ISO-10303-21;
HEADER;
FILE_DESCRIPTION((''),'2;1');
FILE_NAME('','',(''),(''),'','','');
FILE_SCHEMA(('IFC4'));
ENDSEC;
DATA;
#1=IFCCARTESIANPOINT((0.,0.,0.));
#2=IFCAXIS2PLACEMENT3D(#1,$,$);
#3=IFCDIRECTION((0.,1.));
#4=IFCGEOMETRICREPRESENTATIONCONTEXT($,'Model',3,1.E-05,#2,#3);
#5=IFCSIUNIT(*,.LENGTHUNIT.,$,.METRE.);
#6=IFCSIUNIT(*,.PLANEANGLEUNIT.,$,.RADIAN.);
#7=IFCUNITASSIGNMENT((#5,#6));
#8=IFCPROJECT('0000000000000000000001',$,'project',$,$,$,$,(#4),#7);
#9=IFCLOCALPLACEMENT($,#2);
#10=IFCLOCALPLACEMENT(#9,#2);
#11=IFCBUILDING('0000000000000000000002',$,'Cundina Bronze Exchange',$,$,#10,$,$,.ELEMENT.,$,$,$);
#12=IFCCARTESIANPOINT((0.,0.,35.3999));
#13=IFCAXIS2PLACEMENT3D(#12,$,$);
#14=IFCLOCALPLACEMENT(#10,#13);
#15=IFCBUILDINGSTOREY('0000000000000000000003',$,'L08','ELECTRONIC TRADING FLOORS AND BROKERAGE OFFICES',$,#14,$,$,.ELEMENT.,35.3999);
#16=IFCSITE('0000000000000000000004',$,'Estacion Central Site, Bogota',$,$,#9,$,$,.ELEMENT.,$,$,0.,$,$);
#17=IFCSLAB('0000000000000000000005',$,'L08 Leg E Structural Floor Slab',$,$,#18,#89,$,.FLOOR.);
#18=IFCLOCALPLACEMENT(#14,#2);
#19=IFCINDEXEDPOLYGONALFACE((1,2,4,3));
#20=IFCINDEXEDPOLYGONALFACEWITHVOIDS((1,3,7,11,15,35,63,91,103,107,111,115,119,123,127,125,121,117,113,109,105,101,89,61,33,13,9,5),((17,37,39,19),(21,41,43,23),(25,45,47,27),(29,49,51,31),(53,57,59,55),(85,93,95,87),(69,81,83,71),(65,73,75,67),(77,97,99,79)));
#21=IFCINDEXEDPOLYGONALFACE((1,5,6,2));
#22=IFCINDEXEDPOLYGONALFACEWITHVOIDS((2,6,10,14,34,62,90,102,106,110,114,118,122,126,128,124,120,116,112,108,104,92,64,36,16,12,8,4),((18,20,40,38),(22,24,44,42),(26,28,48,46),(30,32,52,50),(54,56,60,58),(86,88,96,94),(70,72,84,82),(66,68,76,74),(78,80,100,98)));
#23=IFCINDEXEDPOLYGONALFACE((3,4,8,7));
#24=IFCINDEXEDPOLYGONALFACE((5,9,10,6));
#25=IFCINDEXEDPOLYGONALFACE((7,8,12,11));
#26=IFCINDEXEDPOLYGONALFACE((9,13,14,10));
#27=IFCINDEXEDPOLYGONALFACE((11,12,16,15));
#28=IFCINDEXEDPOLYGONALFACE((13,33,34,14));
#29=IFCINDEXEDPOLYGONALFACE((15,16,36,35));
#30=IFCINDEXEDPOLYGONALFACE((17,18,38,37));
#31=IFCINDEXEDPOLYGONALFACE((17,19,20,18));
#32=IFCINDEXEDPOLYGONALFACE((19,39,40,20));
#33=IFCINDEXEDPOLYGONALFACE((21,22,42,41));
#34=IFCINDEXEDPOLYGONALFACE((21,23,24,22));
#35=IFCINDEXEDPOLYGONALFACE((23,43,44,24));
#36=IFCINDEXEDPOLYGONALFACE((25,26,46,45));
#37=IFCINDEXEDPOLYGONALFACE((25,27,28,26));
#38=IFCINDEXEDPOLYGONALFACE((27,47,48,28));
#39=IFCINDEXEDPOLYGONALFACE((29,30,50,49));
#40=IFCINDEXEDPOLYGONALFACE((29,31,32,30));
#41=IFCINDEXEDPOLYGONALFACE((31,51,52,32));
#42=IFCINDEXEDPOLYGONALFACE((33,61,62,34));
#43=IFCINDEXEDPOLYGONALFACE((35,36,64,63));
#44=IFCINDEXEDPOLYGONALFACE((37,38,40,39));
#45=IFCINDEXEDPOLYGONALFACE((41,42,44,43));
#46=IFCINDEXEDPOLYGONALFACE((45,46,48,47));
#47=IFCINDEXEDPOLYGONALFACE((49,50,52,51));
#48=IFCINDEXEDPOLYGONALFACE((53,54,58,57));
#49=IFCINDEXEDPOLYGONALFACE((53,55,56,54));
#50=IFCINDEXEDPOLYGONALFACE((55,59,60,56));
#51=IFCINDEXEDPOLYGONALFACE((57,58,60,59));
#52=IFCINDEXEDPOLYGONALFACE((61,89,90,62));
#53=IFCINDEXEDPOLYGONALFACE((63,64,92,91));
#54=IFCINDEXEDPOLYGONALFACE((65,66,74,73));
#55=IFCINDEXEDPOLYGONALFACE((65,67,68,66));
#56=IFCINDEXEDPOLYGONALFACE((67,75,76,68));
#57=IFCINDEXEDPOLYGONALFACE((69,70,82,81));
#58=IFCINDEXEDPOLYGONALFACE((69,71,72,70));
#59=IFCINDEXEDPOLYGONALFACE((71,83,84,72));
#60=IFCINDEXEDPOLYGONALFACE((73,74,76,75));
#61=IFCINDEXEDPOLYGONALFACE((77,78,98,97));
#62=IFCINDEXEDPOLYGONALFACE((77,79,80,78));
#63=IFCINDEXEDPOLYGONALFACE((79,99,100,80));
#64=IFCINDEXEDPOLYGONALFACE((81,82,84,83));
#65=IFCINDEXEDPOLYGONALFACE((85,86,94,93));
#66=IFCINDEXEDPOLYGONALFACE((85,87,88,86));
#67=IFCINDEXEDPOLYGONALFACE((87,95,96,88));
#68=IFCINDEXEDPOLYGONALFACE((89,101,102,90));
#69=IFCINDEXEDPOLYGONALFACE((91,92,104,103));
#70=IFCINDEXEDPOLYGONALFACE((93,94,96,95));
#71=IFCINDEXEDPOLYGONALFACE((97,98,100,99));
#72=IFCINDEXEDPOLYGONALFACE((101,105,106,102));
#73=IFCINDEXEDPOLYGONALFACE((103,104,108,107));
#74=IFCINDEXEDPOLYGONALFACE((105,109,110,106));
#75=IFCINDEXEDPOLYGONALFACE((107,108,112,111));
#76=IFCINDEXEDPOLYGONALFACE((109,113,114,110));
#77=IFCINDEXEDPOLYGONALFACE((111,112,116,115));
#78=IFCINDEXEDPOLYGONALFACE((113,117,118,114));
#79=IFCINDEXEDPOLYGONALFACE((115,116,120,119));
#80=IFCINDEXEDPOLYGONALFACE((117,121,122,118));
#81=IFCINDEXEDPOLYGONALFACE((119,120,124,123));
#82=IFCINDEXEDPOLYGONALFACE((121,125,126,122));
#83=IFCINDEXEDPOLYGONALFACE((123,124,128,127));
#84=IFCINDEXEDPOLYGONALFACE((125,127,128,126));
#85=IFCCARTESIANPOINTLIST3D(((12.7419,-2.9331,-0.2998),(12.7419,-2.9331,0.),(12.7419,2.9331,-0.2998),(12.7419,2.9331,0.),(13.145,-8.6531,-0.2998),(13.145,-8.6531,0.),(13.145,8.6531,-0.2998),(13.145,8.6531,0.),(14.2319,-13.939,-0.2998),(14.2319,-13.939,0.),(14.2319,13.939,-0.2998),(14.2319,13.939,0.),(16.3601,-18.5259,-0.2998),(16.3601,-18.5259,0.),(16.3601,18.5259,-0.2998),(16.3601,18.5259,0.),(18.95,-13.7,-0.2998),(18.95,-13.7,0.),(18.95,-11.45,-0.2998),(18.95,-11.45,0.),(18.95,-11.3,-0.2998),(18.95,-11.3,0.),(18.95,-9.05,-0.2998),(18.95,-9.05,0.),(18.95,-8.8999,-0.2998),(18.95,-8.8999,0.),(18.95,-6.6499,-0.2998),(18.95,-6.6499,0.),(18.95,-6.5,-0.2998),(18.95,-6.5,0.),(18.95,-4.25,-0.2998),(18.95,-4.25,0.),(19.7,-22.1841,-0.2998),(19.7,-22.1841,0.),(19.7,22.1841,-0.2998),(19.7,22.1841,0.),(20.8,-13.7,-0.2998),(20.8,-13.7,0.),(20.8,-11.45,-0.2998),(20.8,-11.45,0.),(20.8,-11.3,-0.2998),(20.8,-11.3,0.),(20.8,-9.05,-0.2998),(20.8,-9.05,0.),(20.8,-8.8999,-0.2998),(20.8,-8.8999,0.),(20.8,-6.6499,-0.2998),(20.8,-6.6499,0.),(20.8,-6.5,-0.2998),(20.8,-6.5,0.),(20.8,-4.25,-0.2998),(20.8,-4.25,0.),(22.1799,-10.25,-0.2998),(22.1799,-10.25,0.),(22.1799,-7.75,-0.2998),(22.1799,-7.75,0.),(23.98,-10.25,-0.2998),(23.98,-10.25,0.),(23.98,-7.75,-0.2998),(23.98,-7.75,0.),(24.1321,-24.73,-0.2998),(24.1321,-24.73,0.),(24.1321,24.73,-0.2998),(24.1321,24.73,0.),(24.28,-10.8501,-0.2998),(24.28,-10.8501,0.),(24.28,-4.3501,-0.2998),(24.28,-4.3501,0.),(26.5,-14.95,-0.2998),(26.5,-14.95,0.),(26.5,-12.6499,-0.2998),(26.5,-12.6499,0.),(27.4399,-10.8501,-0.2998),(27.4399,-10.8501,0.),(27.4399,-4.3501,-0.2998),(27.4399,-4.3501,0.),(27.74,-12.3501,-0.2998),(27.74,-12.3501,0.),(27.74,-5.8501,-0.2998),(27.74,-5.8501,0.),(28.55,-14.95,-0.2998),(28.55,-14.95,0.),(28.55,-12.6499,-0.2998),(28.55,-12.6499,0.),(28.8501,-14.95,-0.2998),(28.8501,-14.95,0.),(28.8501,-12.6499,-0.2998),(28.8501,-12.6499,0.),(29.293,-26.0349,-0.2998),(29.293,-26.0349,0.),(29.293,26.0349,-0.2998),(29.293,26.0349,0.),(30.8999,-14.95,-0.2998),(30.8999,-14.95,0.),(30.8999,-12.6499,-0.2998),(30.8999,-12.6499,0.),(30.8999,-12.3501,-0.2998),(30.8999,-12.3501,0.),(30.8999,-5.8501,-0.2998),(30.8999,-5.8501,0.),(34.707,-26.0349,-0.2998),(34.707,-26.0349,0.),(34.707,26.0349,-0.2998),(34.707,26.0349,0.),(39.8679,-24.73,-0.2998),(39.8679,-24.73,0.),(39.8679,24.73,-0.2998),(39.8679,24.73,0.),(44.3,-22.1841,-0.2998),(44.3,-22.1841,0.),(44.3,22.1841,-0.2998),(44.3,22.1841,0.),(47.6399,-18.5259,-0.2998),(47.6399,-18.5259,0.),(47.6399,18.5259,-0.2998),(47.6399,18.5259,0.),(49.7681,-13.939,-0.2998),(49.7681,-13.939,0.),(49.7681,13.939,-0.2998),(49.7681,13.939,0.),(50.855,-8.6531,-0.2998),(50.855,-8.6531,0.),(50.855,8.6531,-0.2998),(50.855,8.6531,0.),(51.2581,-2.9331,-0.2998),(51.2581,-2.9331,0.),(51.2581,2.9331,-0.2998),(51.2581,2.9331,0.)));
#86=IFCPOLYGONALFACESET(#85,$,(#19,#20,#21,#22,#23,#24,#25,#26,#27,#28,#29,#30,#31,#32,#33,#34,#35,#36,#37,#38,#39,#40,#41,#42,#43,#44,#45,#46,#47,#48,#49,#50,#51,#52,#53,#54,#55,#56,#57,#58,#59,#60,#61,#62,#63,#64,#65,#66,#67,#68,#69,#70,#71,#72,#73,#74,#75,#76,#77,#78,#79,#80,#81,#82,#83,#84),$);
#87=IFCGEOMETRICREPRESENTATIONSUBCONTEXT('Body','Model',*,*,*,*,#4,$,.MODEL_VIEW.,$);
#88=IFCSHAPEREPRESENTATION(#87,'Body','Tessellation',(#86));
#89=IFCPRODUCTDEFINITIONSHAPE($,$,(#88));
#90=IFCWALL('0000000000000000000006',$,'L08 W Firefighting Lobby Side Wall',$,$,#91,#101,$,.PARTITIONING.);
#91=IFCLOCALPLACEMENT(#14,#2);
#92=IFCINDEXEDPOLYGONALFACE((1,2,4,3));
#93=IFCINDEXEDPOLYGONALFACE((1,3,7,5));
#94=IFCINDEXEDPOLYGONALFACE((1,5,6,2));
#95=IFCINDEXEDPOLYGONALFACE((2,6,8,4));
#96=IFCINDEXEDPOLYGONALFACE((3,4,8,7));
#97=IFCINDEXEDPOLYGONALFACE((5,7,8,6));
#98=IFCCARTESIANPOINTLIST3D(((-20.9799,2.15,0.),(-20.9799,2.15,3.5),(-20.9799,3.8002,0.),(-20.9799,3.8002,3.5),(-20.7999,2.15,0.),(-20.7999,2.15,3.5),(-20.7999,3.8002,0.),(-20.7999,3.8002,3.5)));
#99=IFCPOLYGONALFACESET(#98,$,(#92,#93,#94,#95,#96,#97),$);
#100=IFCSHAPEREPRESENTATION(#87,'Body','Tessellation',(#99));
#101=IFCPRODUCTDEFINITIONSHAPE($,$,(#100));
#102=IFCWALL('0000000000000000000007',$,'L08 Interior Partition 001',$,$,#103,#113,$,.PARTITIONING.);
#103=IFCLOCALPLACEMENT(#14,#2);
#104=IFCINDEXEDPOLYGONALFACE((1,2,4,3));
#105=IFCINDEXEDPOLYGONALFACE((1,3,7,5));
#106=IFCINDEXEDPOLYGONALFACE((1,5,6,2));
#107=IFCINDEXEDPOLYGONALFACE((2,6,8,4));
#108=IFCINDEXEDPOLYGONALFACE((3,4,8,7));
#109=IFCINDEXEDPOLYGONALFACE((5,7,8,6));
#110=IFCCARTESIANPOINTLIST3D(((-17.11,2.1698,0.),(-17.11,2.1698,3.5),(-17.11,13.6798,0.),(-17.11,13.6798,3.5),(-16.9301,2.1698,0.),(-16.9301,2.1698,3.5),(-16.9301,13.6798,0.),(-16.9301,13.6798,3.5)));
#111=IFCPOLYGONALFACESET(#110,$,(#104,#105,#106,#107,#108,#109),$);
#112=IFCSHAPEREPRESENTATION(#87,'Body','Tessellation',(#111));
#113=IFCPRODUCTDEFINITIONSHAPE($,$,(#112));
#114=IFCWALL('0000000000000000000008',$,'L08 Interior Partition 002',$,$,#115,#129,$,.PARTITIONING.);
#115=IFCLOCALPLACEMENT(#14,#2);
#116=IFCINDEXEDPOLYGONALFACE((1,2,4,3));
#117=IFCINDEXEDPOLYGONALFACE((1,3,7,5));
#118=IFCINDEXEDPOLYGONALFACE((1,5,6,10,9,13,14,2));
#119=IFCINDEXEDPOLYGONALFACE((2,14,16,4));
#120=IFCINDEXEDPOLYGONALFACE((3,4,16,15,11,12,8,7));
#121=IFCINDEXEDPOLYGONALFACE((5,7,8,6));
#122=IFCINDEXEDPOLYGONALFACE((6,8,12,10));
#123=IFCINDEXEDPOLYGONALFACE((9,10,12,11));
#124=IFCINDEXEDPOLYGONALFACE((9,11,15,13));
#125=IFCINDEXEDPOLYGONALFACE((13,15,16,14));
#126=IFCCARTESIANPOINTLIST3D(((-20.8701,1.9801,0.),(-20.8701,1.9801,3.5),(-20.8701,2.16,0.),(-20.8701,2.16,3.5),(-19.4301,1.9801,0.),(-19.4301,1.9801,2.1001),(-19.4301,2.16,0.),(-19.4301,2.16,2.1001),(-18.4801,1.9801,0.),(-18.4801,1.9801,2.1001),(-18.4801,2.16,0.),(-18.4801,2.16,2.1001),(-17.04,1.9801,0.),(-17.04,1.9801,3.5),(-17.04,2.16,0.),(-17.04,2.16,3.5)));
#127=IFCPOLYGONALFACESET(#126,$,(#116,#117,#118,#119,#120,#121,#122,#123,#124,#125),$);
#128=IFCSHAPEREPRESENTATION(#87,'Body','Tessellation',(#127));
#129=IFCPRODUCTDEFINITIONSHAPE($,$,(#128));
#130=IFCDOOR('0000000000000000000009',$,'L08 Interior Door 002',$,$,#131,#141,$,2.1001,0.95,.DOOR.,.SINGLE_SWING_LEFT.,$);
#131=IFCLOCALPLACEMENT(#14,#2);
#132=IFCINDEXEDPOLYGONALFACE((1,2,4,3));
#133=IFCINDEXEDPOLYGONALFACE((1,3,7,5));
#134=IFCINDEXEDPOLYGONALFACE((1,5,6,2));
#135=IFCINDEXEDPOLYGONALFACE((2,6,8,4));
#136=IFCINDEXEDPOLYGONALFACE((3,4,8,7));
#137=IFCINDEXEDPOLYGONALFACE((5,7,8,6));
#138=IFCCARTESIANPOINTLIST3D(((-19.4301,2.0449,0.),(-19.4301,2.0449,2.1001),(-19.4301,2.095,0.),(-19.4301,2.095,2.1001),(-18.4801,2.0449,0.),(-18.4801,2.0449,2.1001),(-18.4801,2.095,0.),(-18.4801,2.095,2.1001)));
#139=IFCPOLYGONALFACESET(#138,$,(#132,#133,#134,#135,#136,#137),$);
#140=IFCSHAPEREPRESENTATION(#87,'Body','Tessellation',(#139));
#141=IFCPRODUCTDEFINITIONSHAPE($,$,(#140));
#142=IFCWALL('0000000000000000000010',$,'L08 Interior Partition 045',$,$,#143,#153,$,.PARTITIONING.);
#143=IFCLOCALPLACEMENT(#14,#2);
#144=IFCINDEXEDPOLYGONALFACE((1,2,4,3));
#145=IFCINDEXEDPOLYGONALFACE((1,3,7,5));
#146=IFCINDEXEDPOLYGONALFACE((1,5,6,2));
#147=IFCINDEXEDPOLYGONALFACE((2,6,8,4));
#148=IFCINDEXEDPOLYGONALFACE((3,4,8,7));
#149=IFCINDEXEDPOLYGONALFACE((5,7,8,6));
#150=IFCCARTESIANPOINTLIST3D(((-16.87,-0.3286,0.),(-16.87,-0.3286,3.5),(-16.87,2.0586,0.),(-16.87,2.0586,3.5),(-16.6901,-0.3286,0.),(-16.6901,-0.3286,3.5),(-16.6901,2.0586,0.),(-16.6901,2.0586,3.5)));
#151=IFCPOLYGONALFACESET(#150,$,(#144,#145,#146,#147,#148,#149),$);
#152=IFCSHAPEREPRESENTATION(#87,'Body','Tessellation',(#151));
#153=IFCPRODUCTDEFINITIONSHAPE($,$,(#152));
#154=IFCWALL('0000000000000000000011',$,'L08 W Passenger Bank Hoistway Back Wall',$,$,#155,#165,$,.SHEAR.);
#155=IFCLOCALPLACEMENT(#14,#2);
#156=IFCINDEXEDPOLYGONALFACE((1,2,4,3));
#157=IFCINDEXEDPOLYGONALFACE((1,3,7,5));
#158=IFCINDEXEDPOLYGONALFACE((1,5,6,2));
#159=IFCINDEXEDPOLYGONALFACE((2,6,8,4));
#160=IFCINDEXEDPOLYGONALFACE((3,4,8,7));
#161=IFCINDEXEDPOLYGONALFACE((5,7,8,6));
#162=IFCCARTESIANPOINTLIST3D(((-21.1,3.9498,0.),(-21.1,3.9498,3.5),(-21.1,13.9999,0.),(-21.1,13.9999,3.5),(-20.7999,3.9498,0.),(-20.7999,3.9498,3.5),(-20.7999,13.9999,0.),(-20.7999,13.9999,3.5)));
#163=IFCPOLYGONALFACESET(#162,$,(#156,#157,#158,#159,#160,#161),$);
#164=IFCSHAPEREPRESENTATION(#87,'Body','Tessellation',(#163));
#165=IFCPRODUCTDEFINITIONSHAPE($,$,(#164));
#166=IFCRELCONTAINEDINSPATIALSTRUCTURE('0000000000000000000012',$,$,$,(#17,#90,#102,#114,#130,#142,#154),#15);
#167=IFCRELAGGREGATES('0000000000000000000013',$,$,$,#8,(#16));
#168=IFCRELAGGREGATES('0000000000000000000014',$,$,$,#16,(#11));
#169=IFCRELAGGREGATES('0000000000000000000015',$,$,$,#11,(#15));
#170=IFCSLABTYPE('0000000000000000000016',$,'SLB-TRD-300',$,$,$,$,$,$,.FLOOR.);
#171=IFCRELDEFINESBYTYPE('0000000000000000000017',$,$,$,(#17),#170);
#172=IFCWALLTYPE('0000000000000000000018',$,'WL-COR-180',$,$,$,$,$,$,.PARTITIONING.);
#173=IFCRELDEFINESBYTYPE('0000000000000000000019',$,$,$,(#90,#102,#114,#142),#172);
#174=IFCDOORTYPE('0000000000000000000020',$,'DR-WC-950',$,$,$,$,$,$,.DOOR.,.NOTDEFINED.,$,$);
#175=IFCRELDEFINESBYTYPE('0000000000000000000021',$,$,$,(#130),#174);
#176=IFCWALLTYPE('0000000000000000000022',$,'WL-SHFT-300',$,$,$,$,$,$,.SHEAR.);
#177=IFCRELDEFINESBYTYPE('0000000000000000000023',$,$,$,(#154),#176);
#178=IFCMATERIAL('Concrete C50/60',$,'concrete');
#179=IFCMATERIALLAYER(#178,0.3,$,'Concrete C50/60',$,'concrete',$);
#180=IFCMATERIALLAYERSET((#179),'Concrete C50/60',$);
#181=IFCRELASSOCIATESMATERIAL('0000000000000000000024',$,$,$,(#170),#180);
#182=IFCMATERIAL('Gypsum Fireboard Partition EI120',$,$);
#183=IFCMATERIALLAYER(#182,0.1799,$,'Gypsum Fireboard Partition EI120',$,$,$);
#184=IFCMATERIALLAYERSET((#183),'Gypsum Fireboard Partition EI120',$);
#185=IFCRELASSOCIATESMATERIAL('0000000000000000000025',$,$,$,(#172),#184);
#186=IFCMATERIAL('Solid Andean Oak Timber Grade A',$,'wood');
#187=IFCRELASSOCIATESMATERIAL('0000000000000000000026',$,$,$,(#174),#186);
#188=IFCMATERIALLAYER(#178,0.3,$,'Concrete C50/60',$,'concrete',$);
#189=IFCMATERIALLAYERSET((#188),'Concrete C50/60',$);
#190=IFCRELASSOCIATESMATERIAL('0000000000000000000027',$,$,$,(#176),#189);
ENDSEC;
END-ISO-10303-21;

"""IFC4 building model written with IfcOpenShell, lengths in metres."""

from ifc_helpers import new_model, si_unit, direction, frame, frame_2d, origin, place, context, subcontext, project, spatial, polyline, rectangle, outline, extrude, material, layer, layer_set, type_object, element, fill, save


model = new_model("IFC4")

# Units and contexts
model_context = context("Model", 3, precision=1e-05, world=origin(), true_north=direction((0.0, 1.0)))
body_context = subcontext(model_context, "Body", "Model", "MODEL_VIEW")
ifc_project = project(units=[si_unit("LENGTHUNIT", "METRE"), si_unit("PLANEANGLEUNIT", "RADIAN")], contexts=[model_context])

# Site, building, storey
site_placement = place(None, origin())
site = spatial("IfcSite", under=ifc_project, at=site_placement, Name="Estacion Central Site, Bogota", CompositionType="ELEMENT", RefElevation=0.0)
building_placement = place(site_placement, origin())
building = spatial("IfcBuilding", under=site, at=building_placement, Name="Cundina Bronze Exchange", CompositionType="ELEMENT")
storey_placement = place(building_placement, frame((0.0, 0.0, 35.3999)))
storey = spatial("IfcBuildingStorey", under=building, at=storey_placement, Name="L08", Description="ELECTRONIC TRADING FLOORS AND BROKERAGE OFFICES", CompositionType="ELEMENT", Elevation=35.3999)

# Slab
ifc_material_1 = material(Name="Concrete C50/60", Category="concrete")
ifc_layer_1 = layer(ifc_material_1, 0.3, Name="Concrete C50/60", Category="concrete")
ifc_layer_set_1 = layer_set([ifc_layer_1], Name="Concrete C50/60")
slab_type_1 = type_object("IfcSlabType", Name="SLB-TRD-300", PredefinedType="FLOOR", material=ifc_layer_set_1)
slab_1_placement = place(storey_placement, frame((0.0, 0.0, -0.2998)))
element("IfcSlab", 1, at=slab_1_placement, inside=storey, type_object=slab_type_1, Name="L08 Leg E Structural Floor Slab", PredefinedType="FLOOR", context=body_context, shape_type="SweptSolid", body=[
    extrude(outline(polyline([(51.2581, 2.9331), (50.855, 8.6531), (49.7681, 13.939), (47.6399, 18.5259), (44.3, 22.1841), (39.8679, 24.73), (34.707, 26.0349), (29.293, 26.0349), (24.1321, 24.73), (19.7, 22.1841), (16.3601, 18.5259), (14.2319, 13.939), (13.145, 8.6531), (12.7419, 2.9331), (12.7419, -2.9331), (13.145, -8.6531), (14.2319, -13.939), (16.3601, -18.5259), (19.7, -22.1841), (24.1321, -24.73), (29.293, -26.0349), (34.707, -26.0349), (39.8679, -24.73), (44.3, -22.1841), (47.6399, -18.5259), (49.7681, -13.939), (50.855, -8.6531), (51.2581, -2.9331), (51.2581, 2.9331)]), holes=[polyline([(27.74, -5.8501), (27.74, -12.3501), (30.8999, -12.3501), (30.8999, -5.8501), (27.74, -5.8501)]), polyline([(27.4399, -10.8501), (27.4399, -4.3501), (24.28, -4.3501), (24.28, -10.8501), (27.4399, -10.8501)]), polyline([(22.1799, -7.75), (23.98, -7.75), (23.98, -10.25), (22.1799, -10.25), (22.1799, -7.75)]), polyline([(28.8501, -12.6499), (30.8999, -12.6499), (30.8999, -14.95), (28.8501, -14.95), (28.8501, -12.6499)]), polyline([(26.5, -12.6499), (28.55, -12.6499), (28.55, -14.95), (26.5, -14.95), (26.5, -12.6499)]), polyline([(18.95, -11.45), (20.8, -11.45), (20.8, -13.7), (18.95, -13.7), (18.95, -11.45)]), polyline([(18.95, -9.05), (20.8, -9.05), (20.8, -11.3), (18.95, -11.3), (18.95, -9.05)]), polyline([(18.95, -6.6499), (20.8, -6.6499), (20.8, -8.8999), (18.95, -8.8999), (18.95, -6.6499)]), polyline([(18.95, -4.25), (20.8, -4.25), (20.8, -6.5), (18.95, -6.5), (18.95, -4.25)])]), origin(), (0.0, 0.0, 1.0), 0.2998),
])

# Walls
ifc_material_2 = material(Name="Gypsum Fireboard Partition EI120")
ifc_layer_2 = layer(ifc_material_2, 0.1799, Name="Gypsum Fireboard Partition EI120")
ifc_layer_set_2 = layer_set([ifc_layer_2], Name="Gypsum Fireboard Partition EI120")
wall_type_1 = type_object("IfcWallType", Name="WL-COR-180", PredefinedType="PARTITIONING", material=ifc_layer_set_2)
wall_1_placement = place(storey_placement, frame((-20.8899, 2.1499, 0.0), z_axis=(0.0, 0.0, 1.0), x_axis=(0.0, 1.0, 0.0)))
element("IfcWall", 2, at=wall_1_placement, inside=storey, type_object=wall_type_1, Name="L08 W Firefighting Lobby Side Wall", PredefinedType="PARTITIONING", context=body_context, shape_type="SweptSolid", body=[
    extrude(rectangle(XDim=1.6501, YDim=0.1799, at=frame_2d((0.8252, 0.0))), origin(), (0.0, 0.0, 1.0), 3.5),
])
wall_2_placement = place(storey_placement, frame((-17.02, 2.1699, 0.0), z_axis=(0.0, 0.0, 1.0), x_axis=(0.0, 1.0, 0.0)))
element("IfcWall", 3, at=wall_2_placement, inside=storey, type_object=wall_type_1, Name="L08 Interior Partition 001", PredefinedType="PARTITIONING", context=body_context, shape_type="SweptSolid", body=[
    extrude(rectangle(XDim=11.51, YDim=0.1799, at=frame_2d((5.7549, 0.0))), origin(), (0.0, 0.0, 1.0), 3.5),
])

# Wall, opening, door
wall_3_placement = place(storey_placement, frame((-20.8701, 2.0701, 0.0), z_axis=(0.0, 0.0, 1.0), x_axis=(1.0, 0.0, 0.0)))
wall_3 = element("IfcWall", 4, at=wall_3_placement, inside=storey, type_object=wall_type_1, Name="L08 Interior Partition 002", PredefinedType="PARTITIONING", context=body_context, shape_type="SweptSolid", body=[
    extrude(rectangle(XDim=3.8301, YDim=0.1799, at=frame_2d((1.915, 0.0))), origin(), (0.0, 0.0, 1.0), 3.5),
])
opening_placement = place(wall_3_placement, frame((1.4399, 0.0, 0.0)))
opening = element("IfcOpeningElement", 5, at=opening_placement, cuts=wall_3, PredefinedType="OPENING", context=body_context, shape_type="SweptSolid", body=[
    extrude(rectangle(XDim=0.95, YDim=2.1001, at=frame_2d((0.4751, 1.05))), frame((0.0, 0.0999, 0.0), z_axis=(0.0, -1.0, 0.0), x_axis=(1.0, 0.0, 0.0)), (0.0, 0.0, 1.0), 0.2),
])
ifc_material_3 = material(Name="Solid Andean Oak Timber Grade A", Category="wood")
door_type = type_object("IfcDoorType", Name="DR-WC-950", OperationType="NOTDEFINED", PredefinedType="DOOR", material=ifc_material_3)
door_placement = place(opening_placement, origin())
door = element("IfcDoor", 6, at=door_placement, inside=storey, type_object=door_type, Name="L08 Interior Door 002", OperationType="SINGLE_SWING_LEFT", OverallHeight=2.1001, OverallWidth=0.95, PredefinedType="DOOR", context=body_context, shape_type="SweptSolid", body=[
    extrude(rectangle(XDim=0.95, YDim=2.1001, at=frame_2d((0.4751, 1.05))), frame((0.0, 0.0249, 0.0), z_axis=(0.0, -1.0, 0.0), x_axis=(1.0, 0.0, 0.0)), (0.0, 0.0, 1.0), 0.05),
])
fill(opening, door)

# Walls
wall_4_placement = place(storey_placement, frame((-16.78, -0.3286, 0.0), z_axis=(0.0, 0.0, 1.0), x_axis=(0.0, 1.0, 0.0)))
element("IfcWall", 7, at=wall_4_placement, inside=storey, type_object=wall_type_1, Name="L08 Interior Partition 045", PredefinedType="PARTITIONING", context=body_context, shape_type="SweptSolid", body=[
    extrude(rectangle(XDim=2.3872, YDim=0.1799, at=frame_2d((1.1936, 0.0))), origin(), (0.0, 0.0, 1.0), 3.5),
])
ifc_layer_3 = layer(ifc_material_1, 0.3, Name="Concrete C50/60", Category="concrete")
ifc_layer_set_3 = layer_set([ifc_layer_3], Name="Concrete C50/60")
wall_type_2 = type_object("IfcWallType", Name="WL-SHFT-300", PredefinedType="SHEAR", material=ifc_layer_set_3)
wall_5_placement = place(storey_placement, frame((-20.95, 3.95, 0.0), z_axis=(0.0, 0.0, 1.0), x_axis=(0.0, 1.0, 0.0)))
element("IfcWall", 8, at=wall_5_placement, inside=storey, type_object=wall_type_2, Name="L08 W Passenger Bank Hoistway Back Wall", PredefinedType="SHEAR", context=body_context, shape_type="SweptSolid", body=[
    extrude(rectangle(XDim=10.05, YDim=0.3, at=frame_2d((5.0249, 0.0))), origin(), (0.0, 0.0, 1.0), 3.5),
])

save(model, "model.ifc")
